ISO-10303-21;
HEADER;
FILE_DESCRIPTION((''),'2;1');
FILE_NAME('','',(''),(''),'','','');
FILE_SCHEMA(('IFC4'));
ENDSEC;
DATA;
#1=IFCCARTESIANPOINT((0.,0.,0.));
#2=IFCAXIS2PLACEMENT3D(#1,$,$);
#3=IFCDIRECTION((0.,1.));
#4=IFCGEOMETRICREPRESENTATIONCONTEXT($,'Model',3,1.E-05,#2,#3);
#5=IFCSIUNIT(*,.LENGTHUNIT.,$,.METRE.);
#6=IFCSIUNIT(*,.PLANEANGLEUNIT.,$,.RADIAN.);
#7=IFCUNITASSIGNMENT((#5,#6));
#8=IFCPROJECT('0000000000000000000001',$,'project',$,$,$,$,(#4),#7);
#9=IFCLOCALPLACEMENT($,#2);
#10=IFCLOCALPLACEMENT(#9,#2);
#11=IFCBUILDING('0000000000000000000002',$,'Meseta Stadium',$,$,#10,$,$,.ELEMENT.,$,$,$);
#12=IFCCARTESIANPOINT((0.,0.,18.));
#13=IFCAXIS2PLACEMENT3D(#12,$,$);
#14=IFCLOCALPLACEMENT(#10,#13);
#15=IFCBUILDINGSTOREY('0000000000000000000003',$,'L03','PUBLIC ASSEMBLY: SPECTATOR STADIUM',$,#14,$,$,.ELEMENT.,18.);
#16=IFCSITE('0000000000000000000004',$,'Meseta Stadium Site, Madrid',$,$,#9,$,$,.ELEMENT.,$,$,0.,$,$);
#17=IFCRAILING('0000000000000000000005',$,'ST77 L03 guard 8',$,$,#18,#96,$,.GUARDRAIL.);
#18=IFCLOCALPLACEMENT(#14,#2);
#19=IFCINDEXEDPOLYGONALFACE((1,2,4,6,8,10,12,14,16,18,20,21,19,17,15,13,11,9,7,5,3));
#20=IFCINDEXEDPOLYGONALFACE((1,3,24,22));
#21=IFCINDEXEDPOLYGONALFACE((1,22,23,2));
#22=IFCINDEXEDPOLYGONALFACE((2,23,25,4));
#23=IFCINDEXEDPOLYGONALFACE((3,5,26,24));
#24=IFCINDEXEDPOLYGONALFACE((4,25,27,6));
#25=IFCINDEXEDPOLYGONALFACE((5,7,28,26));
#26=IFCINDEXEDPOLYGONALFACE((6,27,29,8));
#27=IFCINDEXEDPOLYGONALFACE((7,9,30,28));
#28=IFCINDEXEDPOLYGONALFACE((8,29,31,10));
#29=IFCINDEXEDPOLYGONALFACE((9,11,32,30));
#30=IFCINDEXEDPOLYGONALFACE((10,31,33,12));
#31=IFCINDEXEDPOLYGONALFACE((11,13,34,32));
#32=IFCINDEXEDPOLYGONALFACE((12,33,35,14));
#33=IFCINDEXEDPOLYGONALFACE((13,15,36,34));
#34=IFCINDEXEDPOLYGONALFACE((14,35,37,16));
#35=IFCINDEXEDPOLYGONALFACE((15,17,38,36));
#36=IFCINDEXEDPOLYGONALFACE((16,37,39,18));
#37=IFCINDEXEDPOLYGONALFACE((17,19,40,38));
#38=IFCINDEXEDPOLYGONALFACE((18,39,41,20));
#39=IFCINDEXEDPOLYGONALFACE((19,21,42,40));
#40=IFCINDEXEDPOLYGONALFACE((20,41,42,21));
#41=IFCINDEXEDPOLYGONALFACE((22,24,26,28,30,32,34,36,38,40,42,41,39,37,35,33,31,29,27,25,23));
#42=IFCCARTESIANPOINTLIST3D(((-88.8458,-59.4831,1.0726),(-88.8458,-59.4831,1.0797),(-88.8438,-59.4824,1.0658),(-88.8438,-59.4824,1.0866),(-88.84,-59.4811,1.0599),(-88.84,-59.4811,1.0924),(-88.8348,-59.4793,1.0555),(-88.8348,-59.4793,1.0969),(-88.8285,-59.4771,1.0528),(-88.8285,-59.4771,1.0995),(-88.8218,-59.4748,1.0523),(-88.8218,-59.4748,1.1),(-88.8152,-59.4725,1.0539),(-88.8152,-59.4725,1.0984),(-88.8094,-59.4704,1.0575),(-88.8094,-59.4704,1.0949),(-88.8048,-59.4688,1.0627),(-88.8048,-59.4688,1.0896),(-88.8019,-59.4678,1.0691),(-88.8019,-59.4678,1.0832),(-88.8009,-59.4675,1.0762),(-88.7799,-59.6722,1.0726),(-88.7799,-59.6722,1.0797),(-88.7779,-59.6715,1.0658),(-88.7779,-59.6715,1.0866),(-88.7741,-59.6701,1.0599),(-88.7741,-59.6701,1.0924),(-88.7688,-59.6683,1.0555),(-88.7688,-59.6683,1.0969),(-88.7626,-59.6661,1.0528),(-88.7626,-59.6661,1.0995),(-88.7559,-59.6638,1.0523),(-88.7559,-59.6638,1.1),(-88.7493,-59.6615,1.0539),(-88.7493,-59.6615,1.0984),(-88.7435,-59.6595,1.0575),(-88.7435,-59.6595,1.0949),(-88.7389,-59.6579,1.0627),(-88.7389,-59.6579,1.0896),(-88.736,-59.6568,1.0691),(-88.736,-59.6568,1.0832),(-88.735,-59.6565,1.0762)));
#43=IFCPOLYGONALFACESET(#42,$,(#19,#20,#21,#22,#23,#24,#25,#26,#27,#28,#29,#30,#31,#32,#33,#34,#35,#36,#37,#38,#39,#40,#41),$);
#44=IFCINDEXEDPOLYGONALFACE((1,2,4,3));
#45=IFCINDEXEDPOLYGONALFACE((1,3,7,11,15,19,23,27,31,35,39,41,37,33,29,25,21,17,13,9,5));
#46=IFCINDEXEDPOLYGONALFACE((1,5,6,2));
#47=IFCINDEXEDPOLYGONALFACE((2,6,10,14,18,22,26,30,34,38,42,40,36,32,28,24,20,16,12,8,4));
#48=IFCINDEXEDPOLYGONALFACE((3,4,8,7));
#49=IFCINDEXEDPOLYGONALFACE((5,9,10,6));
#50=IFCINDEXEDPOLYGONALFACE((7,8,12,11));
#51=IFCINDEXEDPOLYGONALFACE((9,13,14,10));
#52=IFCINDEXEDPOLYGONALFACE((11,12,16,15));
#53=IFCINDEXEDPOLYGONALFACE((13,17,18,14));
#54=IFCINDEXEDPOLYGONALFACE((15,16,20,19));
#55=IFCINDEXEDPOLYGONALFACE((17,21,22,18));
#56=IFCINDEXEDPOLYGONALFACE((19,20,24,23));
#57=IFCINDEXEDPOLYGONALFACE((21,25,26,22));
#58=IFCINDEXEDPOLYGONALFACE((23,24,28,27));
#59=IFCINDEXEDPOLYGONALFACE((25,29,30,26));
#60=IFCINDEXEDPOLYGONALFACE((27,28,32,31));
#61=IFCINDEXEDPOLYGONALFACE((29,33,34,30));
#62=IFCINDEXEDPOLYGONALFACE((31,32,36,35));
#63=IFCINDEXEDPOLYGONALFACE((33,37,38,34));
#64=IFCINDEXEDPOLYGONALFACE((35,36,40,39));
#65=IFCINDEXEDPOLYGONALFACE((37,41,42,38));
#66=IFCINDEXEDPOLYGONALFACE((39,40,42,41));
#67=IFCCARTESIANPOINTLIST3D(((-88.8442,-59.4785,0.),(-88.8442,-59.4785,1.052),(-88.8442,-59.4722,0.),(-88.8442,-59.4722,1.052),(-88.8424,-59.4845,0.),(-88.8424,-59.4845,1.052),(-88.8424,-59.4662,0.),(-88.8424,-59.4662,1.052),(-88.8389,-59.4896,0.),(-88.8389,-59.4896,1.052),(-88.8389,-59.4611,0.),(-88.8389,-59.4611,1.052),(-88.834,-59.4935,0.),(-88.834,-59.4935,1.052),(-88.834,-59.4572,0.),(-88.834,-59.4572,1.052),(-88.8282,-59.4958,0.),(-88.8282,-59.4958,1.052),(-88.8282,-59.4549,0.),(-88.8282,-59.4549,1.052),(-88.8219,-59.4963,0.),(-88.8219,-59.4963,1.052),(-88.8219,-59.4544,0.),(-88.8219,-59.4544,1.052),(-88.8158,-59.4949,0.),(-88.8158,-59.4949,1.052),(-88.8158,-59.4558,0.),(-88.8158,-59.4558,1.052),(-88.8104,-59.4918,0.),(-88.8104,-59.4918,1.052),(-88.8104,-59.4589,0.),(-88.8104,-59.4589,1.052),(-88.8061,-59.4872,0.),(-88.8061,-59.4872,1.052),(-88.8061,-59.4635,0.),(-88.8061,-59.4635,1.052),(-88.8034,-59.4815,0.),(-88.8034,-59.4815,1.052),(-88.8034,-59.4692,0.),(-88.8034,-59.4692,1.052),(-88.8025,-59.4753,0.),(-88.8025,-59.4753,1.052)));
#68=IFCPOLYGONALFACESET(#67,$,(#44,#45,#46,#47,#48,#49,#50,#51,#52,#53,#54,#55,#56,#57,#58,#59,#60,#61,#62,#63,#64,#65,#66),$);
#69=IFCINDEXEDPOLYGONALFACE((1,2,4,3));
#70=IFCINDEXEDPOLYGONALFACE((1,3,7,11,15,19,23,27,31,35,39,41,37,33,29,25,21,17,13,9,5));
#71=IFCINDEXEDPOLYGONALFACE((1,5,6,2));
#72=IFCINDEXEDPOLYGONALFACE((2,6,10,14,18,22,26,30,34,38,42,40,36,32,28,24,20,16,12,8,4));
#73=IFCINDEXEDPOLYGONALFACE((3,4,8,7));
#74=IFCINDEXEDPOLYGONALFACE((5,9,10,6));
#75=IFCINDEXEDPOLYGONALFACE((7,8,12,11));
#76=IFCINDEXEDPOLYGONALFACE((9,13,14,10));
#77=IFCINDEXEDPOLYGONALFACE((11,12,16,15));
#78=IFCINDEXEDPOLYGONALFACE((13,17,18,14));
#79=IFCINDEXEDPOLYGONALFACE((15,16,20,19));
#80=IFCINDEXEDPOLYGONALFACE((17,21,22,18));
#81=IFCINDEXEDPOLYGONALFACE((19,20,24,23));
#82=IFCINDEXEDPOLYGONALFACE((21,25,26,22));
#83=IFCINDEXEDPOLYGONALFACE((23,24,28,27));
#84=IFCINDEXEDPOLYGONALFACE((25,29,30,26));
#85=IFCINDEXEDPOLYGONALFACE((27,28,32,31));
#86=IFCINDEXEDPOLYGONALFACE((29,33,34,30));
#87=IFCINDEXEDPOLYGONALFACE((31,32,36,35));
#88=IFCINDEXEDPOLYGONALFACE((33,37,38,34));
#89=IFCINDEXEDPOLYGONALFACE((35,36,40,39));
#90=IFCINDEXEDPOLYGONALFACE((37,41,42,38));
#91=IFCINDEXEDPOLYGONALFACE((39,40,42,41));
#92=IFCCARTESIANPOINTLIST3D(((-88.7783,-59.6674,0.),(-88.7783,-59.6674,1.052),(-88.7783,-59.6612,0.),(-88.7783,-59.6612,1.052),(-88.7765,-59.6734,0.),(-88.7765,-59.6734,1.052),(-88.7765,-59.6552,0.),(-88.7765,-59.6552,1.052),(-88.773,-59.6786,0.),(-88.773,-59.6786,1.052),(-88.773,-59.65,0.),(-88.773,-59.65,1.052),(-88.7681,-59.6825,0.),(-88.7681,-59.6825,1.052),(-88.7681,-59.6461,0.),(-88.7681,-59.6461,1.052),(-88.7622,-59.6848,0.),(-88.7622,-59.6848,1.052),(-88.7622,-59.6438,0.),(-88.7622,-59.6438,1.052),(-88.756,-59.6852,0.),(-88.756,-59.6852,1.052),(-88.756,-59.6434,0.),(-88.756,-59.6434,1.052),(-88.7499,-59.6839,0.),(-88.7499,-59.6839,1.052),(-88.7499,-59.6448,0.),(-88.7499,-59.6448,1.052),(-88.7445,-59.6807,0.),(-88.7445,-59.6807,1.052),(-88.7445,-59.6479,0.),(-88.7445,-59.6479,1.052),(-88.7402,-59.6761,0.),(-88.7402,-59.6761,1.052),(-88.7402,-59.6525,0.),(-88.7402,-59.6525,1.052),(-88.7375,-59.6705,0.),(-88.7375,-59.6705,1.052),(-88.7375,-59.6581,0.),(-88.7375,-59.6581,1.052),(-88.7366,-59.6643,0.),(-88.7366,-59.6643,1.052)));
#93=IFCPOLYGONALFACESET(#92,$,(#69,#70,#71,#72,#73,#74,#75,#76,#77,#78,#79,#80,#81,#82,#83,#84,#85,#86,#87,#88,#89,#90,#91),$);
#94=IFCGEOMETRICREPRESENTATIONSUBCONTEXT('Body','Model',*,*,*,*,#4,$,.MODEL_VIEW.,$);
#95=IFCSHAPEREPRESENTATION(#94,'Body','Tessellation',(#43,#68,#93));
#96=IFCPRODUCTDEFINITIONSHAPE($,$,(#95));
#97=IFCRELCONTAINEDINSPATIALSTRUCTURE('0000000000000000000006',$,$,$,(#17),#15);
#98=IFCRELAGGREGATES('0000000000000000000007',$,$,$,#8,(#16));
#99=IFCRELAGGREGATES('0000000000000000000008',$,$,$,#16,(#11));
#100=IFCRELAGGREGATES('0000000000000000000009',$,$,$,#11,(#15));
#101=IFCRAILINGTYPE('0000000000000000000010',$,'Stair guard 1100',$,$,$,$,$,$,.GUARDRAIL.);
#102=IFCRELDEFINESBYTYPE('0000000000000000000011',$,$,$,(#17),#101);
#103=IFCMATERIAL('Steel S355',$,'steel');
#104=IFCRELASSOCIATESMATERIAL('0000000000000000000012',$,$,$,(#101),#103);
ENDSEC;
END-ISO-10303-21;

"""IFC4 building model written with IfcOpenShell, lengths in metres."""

from ifc_helpers import new_model, si_unit, direction, frame, origin, origin_2d, place, context, subcontext, project, spatial, circle, extrude, material, type_object, element, save


model = new_model("IFC4")

# Units and contexts
model_context = context("Model", 3, precision=1e-05, world=origin(), true_north=direction((0.0, 1.0)))
body_context = subcontext(model_context, "Body", "Model", "MODEL_VIEW")
ifc_project = project(units=[si_unit("LENGTHUNIT", "METRE"), si_unit("PLANEANGLEUNIT", "RADIAN")], contexts=[model_context])

# Site, building, storey
site_placement = place(None, origin())
site = spatial("IfcSite", under=ifc_project, at=site_placement, Name="Meseta Stadium Site, Madrid", CompositionType="ELEMENT", RefElevation=0.0)
building_placement = place(site_placement, origin())
building = spatial("IfcBuilding", under=site, at=building_placement, Name="Meseta Stadium", CompositionType="ELEMENT")
storey_placement = place(building_placement, frame((0.0, 0.0, 18.0)))
storey = spatial("IfcBuildingStorey", under=building, at=storey_placement, Name="L03", Description="PUBLIC ASSEMBLY: SPECTATOR STADIUM", CompositionType="ELEMENT", Elevation=18.0)

# Railing
ifc_material_1 = material(Name="Steel S355", Category="steel")
railing_type_1 = type_object("IfcRailingType", Name="Stair guard 1100", PredefinedType="GUARDRAIL", material=ifc_material_1)
railing_1_placement = place(storey_placement, frame((-88.8235, -59.4753, 0.0)))
element("IfcRailing", 1, at=railing_1_placement, inside=storey, type_object=railing_type_1, Name="ST77 L03 guard 8", PredefinedType="GUARDRAIL", context=body_context, shape_type="SweptSolid", body=[
    extrude(circle(Radius=0.0239, at=origin_2d()), frame((0.0, 0.0, 1.0762), z_axis=(0.329372, -0.9442, 0.0), x_axis=(0.9442, 0.329372, 0.0)), (0.0, 0.0, 1.0), 0.2002),
    extrude(circle(Radius=0.021, at=origin_2d()), origin(), (0.0, 0.0, 1.0), 1.052),
    extrude(circle(Radius=0.021, at=origin_2d()), frame((0.0659, -0.189, 0.0)), (0.0, 0.0, 1.0), 1.052),
])

save(model, "model.ifc")
